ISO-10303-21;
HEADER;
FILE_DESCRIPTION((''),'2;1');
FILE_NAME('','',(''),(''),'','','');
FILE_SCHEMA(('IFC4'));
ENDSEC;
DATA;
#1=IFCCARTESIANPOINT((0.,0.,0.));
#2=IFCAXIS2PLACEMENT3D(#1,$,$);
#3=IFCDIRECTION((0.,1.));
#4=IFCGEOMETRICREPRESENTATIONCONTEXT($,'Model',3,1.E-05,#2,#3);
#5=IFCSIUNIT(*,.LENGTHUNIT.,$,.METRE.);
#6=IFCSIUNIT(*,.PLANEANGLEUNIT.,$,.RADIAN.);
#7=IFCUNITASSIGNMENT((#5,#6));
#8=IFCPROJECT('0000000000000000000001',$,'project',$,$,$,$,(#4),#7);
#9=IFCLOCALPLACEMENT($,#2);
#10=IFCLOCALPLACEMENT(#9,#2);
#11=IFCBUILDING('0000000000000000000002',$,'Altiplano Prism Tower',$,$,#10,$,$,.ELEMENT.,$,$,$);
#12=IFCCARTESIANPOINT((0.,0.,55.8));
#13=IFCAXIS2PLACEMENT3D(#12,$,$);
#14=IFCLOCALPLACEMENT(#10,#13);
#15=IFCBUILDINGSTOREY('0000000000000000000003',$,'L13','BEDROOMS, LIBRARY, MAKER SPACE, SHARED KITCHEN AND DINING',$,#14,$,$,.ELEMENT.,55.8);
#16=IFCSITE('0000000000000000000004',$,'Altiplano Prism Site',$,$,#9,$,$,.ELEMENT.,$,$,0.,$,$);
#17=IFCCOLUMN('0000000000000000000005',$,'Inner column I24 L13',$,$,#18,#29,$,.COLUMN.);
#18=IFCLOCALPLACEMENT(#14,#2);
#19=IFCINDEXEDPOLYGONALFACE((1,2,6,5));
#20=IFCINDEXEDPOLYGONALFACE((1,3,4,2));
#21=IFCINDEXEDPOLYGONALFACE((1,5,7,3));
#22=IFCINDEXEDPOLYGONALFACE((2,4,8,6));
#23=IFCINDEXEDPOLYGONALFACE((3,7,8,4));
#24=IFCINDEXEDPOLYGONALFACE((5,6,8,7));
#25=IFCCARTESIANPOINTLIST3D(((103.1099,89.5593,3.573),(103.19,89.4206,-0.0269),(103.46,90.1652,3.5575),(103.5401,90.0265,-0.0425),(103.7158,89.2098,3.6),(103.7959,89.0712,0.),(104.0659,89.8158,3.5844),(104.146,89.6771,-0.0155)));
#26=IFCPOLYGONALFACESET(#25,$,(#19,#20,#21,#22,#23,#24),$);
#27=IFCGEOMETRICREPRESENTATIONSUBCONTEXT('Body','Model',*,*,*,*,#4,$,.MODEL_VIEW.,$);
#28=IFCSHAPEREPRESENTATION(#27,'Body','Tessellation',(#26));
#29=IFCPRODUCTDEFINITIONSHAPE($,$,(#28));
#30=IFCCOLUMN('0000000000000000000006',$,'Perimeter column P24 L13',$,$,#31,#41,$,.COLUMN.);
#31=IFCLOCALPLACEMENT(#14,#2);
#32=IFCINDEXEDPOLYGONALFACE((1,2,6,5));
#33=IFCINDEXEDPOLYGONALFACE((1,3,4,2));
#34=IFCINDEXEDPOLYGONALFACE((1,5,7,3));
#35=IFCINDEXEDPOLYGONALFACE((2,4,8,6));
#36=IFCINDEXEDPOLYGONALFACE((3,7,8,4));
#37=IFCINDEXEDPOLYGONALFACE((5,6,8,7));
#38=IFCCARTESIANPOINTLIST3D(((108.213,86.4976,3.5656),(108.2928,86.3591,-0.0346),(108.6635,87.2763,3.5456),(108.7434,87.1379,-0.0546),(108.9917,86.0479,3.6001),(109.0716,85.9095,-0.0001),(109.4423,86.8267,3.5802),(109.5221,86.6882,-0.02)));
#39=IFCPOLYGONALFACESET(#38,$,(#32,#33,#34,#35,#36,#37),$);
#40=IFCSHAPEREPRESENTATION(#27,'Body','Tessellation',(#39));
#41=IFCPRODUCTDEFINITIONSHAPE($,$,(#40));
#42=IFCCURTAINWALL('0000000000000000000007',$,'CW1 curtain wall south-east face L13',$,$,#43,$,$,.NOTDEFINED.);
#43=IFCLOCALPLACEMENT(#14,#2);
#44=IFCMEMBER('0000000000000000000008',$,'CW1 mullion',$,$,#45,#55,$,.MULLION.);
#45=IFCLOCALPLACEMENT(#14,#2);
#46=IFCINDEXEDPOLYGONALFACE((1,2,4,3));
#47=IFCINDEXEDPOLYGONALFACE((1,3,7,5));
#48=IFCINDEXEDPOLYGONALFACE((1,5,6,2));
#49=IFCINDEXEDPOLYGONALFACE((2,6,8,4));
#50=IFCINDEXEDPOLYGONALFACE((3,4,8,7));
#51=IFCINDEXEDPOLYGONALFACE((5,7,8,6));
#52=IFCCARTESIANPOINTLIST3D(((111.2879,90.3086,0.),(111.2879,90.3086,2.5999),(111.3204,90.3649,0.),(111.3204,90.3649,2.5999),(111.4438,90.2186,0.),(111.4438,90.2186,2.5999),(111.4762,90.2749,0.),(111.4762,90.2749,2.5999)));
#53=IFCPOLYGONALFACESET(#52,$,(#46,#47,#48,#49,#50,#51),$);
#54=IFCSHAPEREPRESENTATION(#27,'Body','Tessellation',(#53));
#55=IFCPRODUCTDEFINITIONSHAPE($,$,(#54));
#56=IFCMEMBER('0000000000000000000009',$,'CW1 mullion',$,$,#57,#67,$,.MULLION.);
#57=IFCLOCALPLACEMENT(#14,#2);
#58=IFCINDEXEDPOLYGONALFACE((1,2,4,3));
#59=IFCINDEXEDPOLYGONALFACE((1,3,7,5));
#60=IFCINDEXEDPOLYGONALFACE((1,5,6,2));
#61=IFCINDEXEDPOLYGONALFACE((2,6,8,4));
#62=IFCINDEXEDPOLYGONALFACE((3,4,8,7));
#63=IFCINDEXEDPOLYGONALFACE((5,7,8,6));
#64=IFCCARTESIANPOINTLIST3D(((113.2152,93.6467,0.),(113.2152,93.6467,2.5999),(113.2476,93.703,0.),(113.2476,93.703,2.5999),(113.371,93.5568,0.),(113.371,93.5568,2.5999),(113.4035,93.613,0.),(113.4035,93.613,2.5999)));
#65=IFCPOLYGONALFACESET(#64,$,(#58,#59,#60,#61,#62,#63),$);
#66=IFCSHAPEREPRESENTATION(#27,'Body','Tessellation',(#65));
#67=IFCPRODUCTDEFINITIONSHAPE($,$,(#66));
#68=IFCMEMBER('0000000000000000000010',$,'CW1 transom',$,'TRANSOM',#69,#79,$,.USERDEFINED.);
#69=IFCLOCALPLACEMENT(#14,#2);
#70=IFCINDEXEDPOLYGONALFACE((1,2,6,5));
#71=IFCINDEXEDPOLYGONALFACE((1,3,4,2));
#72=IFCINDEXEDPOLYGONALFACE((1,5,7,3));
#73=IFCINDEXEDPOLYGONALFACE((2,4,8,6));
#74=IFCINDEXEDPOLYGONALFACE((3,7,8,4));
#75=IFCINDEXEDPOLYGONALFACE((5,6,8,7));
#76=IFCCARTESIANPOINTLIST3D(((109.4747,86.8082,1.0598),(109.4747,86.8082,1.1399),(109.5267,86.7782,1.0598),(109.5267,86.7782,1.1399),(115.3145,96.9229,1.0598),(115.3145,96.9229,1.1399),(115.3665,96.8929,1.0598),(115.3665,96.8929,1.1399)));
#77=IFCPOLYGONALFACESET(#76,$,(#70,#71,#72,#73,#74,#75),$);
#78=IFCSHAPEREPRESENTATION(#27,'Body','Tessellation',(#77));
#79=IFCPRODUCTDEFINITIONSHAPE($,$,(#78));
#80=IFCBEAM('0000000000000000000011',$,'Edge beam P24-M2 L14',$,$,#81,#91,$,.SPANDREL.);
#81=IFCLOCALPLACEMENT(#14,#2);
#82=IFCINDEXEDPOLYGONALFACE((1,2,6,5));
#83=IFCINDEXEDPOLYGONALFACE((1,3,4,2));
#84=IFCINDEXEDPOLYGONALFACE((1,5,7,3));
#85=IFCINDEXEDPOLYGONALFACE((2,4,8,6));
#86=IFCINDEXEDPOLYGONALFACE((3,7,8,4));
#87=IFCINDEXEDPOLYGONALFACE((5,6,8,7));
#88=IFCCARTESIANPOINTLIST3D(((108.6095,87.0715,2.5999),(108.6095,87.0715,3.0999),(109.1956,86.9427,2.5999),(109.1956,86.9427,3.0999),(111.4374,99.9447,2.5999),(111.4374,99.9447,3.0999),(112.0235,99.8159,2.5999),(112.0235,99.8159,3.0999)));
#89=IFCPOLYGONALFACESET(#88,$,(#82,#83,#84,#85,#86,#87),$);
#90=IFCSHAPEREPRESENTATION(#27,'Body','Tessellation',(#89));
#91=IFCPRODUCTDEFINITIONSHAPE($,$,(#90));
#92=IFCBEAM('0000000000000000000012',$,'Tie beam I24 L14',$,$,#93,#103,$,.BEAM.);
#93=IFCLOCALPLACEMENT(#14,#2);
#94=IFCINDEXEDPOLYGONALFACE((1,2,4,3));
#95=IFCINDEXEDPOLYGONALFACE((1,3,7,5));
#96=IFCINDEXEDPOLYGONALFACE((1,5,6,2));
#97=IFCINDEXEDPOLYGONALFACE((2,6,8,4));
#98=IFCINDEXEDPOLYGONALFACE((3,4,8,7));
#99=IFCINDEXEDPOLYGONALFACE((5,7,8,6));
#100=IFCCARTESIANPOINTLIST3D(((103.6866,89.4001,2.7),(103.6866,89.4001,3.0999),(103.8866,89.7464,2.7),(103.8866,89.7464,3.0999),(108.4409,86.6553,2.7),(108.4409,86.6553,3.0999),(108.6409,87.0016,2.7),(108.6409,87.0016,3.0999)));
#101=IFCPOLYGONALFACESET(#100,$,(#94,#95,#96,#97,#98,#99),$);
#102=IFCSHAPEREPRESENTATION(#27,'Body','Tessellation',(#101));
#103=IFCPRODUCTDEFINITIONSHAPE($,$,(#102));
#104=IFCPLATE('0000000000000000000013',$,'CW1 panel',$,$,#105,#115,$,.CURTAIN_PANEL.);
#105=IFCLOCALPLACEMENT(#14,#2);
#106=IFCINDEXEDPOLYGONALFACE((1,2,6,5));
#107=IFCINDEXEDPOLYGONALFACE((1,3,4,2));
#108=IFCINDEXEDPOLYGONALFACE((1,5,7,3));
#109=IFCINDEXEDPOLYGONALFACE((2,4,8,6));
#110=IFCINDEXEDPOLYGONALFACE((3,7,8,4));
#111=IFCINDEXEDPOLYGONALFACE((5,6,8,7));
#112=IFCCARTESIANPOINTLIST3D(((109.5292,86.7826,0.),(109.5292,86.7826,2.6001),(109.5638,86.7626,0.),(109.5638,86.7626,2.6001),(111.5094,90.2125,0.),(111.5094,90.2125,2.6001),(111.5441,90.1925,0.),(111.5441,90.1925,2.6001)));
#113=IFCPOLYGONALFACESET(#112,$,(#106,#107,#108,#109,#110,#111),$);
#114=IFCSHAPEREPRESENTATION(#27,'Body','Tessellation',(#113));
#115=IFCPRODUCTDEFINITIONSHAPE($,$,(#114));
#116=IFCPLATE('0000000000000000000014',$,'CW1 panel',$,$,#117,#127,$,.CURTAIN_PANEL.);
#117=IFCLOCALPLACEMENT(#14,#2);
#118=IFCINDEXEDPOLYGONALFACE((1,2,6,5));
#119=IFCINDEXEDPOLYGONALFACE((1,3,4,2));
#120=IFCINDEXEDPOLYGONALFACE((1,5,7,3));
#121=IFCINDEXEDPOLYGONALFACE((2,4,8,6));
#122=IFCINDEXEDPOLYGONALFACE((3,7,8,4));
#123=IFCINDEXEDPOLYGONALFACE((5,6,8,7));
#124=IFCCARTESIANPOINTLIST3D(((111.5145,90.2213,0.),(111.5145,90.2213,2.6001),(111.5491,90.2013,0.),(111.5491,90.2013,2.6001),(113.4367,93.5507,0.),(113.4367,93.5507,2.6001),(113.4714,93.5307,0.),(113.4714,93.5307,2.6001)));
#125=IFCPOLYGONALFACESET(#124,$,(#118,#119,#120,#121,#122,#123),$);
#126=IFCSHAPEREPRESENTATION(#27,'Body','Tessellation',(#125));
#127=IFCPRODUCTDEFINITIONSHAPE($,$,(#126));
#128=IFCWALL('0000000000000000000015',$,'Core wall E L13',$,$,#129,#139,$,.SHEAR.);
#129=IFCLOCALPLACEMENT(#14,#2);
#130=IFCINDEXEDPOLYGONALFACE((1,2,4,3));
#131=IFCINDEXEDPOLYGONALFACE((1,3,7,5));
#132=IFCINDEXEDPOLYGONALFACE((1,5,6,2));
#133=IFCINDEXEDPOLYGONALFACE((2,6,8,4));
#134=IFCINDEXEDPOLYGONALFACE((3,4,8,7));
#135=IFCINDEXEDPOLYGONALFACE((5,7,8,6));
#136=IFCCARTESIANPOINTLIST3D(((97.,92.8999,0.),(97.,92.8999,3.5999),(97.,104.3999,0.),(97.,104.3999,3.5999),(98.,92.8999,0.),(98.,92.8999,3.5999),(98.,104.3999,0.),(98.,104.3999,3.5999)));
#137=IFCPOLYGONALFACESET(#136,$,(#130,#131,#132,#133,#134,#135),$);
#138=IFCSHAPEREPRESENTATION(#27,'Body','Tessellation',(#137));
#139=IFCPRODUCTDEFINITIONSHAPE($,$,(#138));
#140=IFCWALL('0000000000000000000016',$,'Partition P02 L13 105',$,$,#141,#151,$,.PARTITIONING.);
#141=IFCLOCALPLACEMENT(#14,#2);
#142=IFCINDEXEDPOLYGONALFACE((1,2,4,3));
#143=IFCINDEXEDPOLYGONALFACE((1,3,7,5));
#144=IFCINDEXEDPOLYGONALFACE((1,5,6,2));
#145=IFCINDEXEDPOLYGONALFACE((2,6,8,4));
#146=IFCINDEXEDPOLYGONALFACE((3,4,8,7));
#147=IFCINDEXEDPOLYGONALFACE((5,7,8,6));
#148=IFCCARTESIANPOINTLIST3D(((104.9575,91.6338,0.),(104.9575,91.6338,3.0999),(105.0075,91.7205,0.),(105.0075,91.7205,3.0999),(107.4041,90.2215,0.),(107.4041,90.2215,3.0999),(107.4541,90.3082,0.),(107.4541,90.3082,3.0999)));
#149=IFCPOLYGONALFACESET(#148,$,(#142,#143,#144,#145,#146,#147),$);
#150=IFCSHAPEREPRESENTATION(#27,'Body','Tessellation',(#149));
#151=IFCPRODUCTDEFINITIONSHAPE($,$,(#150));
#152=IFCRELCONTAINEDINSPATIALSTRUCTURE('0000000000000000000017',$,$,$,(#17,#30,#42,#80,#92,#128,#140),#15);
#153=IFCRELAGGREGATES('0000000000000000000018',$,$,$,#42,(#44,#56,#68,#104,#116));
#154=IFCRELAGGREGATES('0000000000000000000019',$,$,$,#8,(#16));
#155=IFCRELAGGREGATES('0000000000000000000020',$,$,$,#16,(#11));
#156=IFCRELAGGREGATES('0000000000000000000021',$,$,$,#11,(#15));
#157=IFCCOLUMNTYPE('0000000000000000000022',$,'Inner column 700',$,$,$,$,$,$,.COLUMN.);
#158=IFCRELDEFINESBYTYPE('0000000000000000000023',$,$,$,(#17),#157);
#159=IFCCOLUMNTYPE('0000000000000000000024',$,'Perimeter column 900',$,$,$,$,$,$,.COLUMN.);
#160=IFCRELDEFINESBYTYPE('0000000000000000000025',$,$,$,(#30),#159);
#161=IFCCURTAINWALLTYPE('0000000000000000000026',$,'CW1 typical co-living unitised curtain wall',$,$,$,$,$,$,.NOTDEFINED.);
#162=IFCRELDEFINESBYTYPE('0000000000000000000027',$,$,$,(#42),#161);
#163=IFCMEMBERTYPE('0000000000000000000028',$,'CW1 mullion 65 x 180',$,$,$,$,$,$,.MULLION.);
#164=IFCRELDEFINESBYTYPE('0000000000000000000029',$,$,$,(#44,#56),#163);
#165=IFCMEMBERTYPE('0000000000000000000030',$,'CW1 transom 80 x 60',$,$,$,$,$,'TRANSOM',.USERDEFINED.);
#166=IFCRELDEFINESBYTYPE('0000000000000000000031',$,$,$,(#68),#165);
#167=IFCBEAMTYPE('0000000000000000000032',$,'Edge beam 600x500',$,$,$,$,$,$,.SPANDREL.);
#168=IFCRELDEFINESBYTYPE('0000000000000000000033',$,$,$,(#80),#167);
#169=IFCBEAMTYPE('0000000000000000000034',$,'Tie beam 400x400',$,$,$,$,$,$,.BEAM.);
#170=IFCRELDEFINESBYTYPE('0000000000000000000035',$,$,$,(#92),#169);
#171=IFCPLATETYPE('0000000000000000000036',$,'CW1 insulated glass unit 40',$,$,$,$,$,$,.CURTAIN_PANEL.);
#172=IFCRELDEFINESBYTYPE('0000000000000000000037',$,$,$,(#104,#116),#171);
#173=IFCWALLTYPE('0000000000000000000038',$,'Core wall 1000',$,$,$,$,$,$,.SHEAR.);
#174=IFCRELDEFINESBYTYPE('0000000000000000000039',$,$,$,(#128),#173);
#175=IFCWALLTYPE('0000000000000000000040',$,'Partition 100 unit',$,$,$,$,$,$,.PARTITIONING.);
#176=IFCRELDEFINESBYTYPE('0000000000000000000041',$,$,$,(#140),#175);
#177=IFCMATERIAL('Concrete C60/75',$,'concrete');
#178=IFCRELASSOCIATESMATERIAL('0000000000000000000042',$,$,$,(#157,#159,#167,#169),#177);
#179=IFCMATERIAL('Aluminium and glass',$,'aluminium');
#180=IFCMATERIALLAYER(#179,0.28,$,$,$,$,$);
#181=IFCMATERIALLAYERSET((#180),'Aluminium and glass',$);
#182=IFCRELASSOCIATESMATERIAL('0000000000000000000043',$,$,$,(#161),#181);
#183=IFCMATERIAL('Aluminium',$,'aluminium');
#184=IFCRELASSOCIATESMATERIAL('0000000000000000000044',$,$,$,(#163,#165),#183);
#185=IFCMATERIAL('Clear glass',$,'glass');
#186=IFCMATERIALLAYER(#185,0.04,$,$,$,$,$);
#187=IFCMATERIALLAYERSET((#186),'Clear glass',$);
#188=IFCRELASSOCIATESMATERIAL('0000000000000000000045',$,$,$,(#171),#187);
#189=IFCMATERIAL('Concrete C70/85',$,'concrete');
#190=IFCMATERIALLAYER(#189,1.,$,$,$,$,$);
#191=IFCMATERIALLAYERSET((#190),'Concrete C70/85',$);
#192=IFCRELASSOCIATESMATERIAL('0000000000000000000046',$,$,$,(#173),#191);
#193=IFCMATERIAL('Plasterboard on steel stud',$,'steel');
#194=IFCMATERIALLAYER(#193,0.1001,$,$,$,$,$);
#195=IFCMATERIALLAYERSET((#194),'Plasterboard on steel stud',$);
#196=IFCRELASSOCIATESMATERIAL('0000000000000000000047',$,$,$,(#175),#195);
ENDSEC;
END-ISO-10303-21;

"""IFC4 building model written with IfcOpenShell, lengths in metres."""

from ifc_helpers import new_model, si_unit, direction, frame, frame_2d, origin, origin_2d, place, context, subcontext, project, spatial, rectangle, extrude, material, layer, layer_set, material_profile, profile_set, type_object, element, aggregate, save


model = new_model("IFC4")

# Units and contexts
model_context = context("Model", 3, precision=1e-05, world=origin(), true_north=direction((0.0, 1.0)))
body_context = subcontext(model_context, "Body", "Model", "MODEL_VIEW")
ifc_project = project(units=[si_unit("LENGTHUNIT", "METRE"), si_unit("PLANEANGLEUNIT", "RADIAN")], contexts=[model_context])

# Site, building, storey
site_placement = place(None, origin())
site = spatial("IfcSite", under=ifc_project, at=site_placement, Name="Altiplano Prism Site", CompositionType="ELEMENT", RefElevation=0.0)
building_placement = place(site_placement, origin())
building = spatial("IfcBuilding", under=site, at=building_placement, Name="Altiplano Prism Tower", CompositionType="ELEMENT")
storey_placement = place(building_placement, frame((0.0, 0.0, 55.8)))
storey = spatial("IfcBuildingStorey", under=building, at=storey_placement, Name="L13", Description="BEDROOMS, LIBRARY, MAKER SPACE, SHARED KITCHEN AND DINING", CompositionType="ELEMENT", Elevation=55.8)

# Columns
ifc_material_1 = material(Name="Concrete C60/75", Category="concrete")
ifc_material_profile_1 = material_profile(ifc_material_1, rectangle(XDim=0.7, YDim=0.7, at=origin_2d()), Name="Inner column 700")
ifc_profile_set_1 = profile_set([ifc_material_profile_1], Name="Concrete C60/75")
column_type_1 = type_object("IfcColumnType", Name="Inner column 700", PredefinedType="COLUMN", material=ifc_profile_set_1)
column_1_placement = place(storey_placement, frame((103.668, 89.5488, -0.0212), z_axis=(-0.022223, 0.038483, 0.999012), x_axis=(-0.50017, -0.865642, 0.02222)))
element("IfcColumn", 1, at=column_1_placement, inside=storey, type_object=column_type_1, Name="Inner column I24 L13", PredefinedType="COLUMN", context=body_context, shape_type="SweptSolid", body=[
    extrude(rectangle(XDim=0.7, YDim=0.7, at=origin_2d()), origin(), (0.0, 0.0, 1.0), 3.6035),
])
ifc_material_profile_2 = material_profile(ifc_material_1, rectangle(XDim=0.8999, YDim=0.8999, at=origin_2d()), Name="Perimeter column 900")
ifc_profile_set_2 = profile_set([ifc_material_profile_2], Name="Concrete C60/75")
column_type_2 = type_object("IfcColumnType", Name="Perimeter column 900", PredefinedType="COLUMN", material=ifc_profile_set_2)
column_2_placement = place(storey_placement, frame((108.9075, 86.5237, -0.0273), z_axis=(-0.022154, 0.038413, 0.999016), x_axis=(-0.500653, -0.865364, 0.022172)))
element("IfcColumn", 2, at=column_2_placement, inside=storey, type_object=column_type_2, Name="Perimeter column P24 L13", PredefinedType="COLUMN", context=body_context, shape_type="SweptSolid", body=[
    extrude(rectangle(XDim=0.8999, YDim=0.8999, at=origin_2d()), origin(), (0.0, 0.0, 1.0), 3.6038),
])

# Curtain wall, members
ifc_material_2 = material(Name="Aluminium and glass", Category="aluminium")
ifc_layer_1 = layer(ifc_material_2, 0.28)
ifc_layer_set_1 = layer_set([ifc_layer_1], Name="Aluminium and glass")
curtain_wall_type = type_object("IfcCurtainWallType", Name="CW1 typical co-living unitised curtain wall", PredefinedType="NOTDEFINED", material=ifc_layer_set_1)
curtain_wall_placement = place(storey_placement, origin())
curtain_wall = element("IfcCurtainWall", 3, at=curtain_wall_placement, inside=storey, type_object=curtain_wall_type, Name="CW1 curtain wall south-east face L13", PredefinedType="NOTDEFINED")
ifc_material_3 = material(Name="Aluminium", Category="aluminium")
ifc_material_profile_3 = material_profile(ifc_material_3, rectangle(XDim=0.1799, YDim=0.0649, at=origin_2d()), Name="CW1 mullion 65 x 180")
ifc_profile_set_3 = profile_set([ifc_material_profile_3], Name="Aluminium")
member_type_1 = type_object("IfcMemberType", Name="CW1 mullion 65 x 180", PredefinedType="MULLION", material=ifc_profile_set_3)
member_1_placement = place(storey_placement, frame((111.3821, 90.2917, 0.0), z_axis=(0.0, 0.0, 1.0), x_axis=(-0.866025, 0.5, 0.0)))
member_1 = element("IfcMember", 4, at=member_1_placement, type_object=member_type_1, Name="CW1 mullion", PredefinedType="MULLION", context=body_context, shape_type="SweptSolid", body=[
    extrude(rectangle(XDim=0.1799, YDim=0.0649, at=origin_2d()), origin(), (0.0, 0.0, 1.0), 2.5999),
])
member_2_placement = place(storey_placement, frame((113.3093, 93.6299, 0.0), z_axis=(0.0, 0.0, 1.0), x_axis=(-0.866025, 0.5, 0.0)))
member_2 = element("IfcMember", 5, at=member_2_placement, type_object=member_type_1, Name="CW1 mullion", PredefinedType="MULLION", context=body_context, shape_type="SweptSolid", body=[
    extrude(rectangle(XDim=0.1799, YDim=0.0649, at=origin_2d()), origin(), (0.0, 0.0, 1.0), 2.5999),
])
ifc_material_profile_4 = material_profile(ifc_material_3, rectangle(XDim=0.0601, YDim=0.0801, at=origin_2d()), Name="CW1 transom 80 x 60")
ifc_profile_set_4 = profile_set([ifc_material_profile_4], Name="Aluminium")
member_type_2 = type_object("IfcMemberType", Name="CW1 transom 80 x 60", ElementType="TRANSOM", PredefinedType="USERDEFINED", material=ifc_profile_set_4)
member_3_placement = place(storey_placement, frame((109.5007, 86.7932, 1.0999), z_axis=(0.500006, 0.866022, 0.0), x_axis=(-0.866022, 0.500006, 0.0)))
member_3 = element("IfcMember", 6, at=member_3_placement, type_object=member_type_2, Name="CW1 transom", ObjectType="TRANSOM", PredefinedType="USERDEFINED", context=body_context, shape_type="SweptSolid", body=[
    extrude(rectangle(XDim=0.0601, YDim=0.0801, at=origin_2d()), origin(), (0.0, 0.0, 1.0), 11.6794),
])

# Beams
ifc_material_profile_5 = material_profile(ifc_material_1, rectangle(XDim=0.6001, YDim=0.5, at=origin_2d()), Name="Edge beam 600x500")
ifc_profile_set_5 = profile_set([ifc_material_profile_5], Name="Concrete C60/75")
beam_type_1 = type_object("IfcBeamType", Name="Edge beam 600x500", PredefinedType="SPANDREL", material=ifc_profile_set_5)
beam_1_placement = place(storey_placement, frame((108.9026, 87.0071, 2.8499), z_axis=(0.214555, 0.976712, 0.0), x_axis=(-0.976712, 0.214555, 0.0)))
element("IfcBeam", 7, at=beam_1_placement, inside=storey, type_object=beam_type_1, Name="Edge beam P24-M2 L14", PredefinedType="SPANDREL", context=body_context, shape_type="SweptSolid", body=[
    extrude(rectangle(XDim=0.6001, YDim=0.5, at=origin_2d()), origin(), (0.0, 0.0, 1.0), 13.1802),
])
ifc_material_profile_6 = material_profile(ifc_material_1, rectangle(XDim=0.3999, YDim=0.3999, at=origin_2d()), Name="Tie beam 400x400")
ifc_profile_set_6 = profile_set([ifc_material_profile_6], Name="Concrete C60/75")
beam_type_2 = type_object("IfcBeamType", Name="Tie beam 400x400", PredefinedType="BEAM", material=ifc_profile_set_6)
beam_2_placement = place(storey_placement, frame((103.7866, 89.5732, 2.8999), z_axis=(0.866032, -0.499989, 0.0), x_axis=(0.499989, 0.866032, 0.0)))
element("IfcBeam", 8, at=beam_2_placement, inside=storey, type_object=beam_type_2, Name="Tie beam I24 L14", PredefinedType="BEAM", context=body_context, shape_type="SweptSolid", body=[
    extrude(rectangle(XDim=0.3999, YDim=0.3999, at=origin_2d()), origin(), (0.0, 0.0, 1.0), 5.4897),
])

# Plates
ifc_material_4 = material(Name="Clear glass", Category="glass")
ifc_layer_2 = layer(ifc_material_4, 0.04)
ifc_layer_set_2 = layer_set([ifc_layer_2], Name="Clear glass")
plate_type = type_object("IfcPlateType", Name="CW1 insulated glass unit 40", PredefinedType="CURTAIN_PANEL", material=ifc_layer_set_2)
plate_1_placement = place(storey_placement, frame((110.5366, 88.4875, 0.0), z_axis=(0.0, 0.0, 1.0), x_axis=(0.5, 0.866025, 0.0)))
plate_1 = element("IfcPlate", 9, at=plate_1_placement, type_object=plate_type, Name="CW1 panel", PredefinedType="CURTAIN_PANEL", context=body_context, shape_type="SweptSolid", body=[
    extrude(rectangle(XDim=3.9604, YDim=0.04, at=origin_2d()), origin(), (0.0, 0.0, 1.0), 2.6001),
])
plate_2_placement = place(storey_placement, frame((112.4929, 91.876, 0.0), z_axis=(0.0, 0.0, 1.0), x_axis=(0.5, 0.866025, 0.0)))
plate_2 = element("IfcPlate", 10, at=plate_2_placement, type_object=plate_type, Name="CW1 panel", PredefinedType="CURTAIN_PANEL", context=body_context, shape_type="SweptSolid", body=[
    extrude(rectangle(XDim=3.8445, YDim=0.04, at=origin_2d()), origin(), (0.0, 0.0, 1.0), 2.6001),
])
aggregate(curtain_wall, [member_1, member_2, member_3, plate_1, plate_2])

# Walls
ifc_material_5 = material(Name="Concrete C70/85", Category="concrete")
ifc_layer_3 = layer(ifc_material_5, 1.0)
ifc_layer_set_3 = layer_set([ifc_layer_3], Name="Concrete C70/85")
wall_type_1 = type_object("IfcWallType", Name="Core wall 1000", PredefinedType="SHEAR", material=ifc_layer_set_3)
wall_1_placement = place(storey_placement, frame((97.5, 92.8999, 0.0), z_axis=(0.0, 0.0, 1.0), x_axis=(0.0, 1.0, 0.0)))
element("IfcWall", 11, at=wall_1_placement, inside=storey, type_object=wall_type_1, Name="Core wall E L13", PredefinedType="SHEAR", context=body_context, shape_type="SweptSolid", body=[
    extrude(rectangle(XDim=11.5, YDim=1.0, at=frame_2d((5.75, 0.0))), origin(), (0.0, 0.0, 1.0), 3.5999),
])
ifc_material_6 = material(Name="Plasterboard on steel stud", Category="steel")
ifc_layer_4 = layer(ifc_material_6, 0.1001)
ifc_layer_set_4 = layer_set([ifc_layer_4], Name="Plasterboard on steel stud")
wall_type_2 = type_object("IfcWallType", Name="Partition 100 unit", PredefinedType="PARTITIONING", material=ifc_layer_set_4)
wall_2_placement = place(storey_placement, frame((104.9824, 91.6772, 0.0), z_axis=(0.0, 0.0, 1.0), x_axis=(0.866049, -0.499959, 0.0)))
element("IfcWall", 12, at=wall_2_placement, inside=storey, type_object=wall_type_2, Name="Partition P02 L13 105", PredefinedType="PARTITIONING", context=body_context, shape_type="SweptSolid", body=[
    extrude(rectangle(XDim=2.825, YDim=0.1001, at=frame_2d((1.4126, 0.0))), origin(), (0.0, 0.0, 1.0), 3.0999),
])

save(model, "model.ifc")
